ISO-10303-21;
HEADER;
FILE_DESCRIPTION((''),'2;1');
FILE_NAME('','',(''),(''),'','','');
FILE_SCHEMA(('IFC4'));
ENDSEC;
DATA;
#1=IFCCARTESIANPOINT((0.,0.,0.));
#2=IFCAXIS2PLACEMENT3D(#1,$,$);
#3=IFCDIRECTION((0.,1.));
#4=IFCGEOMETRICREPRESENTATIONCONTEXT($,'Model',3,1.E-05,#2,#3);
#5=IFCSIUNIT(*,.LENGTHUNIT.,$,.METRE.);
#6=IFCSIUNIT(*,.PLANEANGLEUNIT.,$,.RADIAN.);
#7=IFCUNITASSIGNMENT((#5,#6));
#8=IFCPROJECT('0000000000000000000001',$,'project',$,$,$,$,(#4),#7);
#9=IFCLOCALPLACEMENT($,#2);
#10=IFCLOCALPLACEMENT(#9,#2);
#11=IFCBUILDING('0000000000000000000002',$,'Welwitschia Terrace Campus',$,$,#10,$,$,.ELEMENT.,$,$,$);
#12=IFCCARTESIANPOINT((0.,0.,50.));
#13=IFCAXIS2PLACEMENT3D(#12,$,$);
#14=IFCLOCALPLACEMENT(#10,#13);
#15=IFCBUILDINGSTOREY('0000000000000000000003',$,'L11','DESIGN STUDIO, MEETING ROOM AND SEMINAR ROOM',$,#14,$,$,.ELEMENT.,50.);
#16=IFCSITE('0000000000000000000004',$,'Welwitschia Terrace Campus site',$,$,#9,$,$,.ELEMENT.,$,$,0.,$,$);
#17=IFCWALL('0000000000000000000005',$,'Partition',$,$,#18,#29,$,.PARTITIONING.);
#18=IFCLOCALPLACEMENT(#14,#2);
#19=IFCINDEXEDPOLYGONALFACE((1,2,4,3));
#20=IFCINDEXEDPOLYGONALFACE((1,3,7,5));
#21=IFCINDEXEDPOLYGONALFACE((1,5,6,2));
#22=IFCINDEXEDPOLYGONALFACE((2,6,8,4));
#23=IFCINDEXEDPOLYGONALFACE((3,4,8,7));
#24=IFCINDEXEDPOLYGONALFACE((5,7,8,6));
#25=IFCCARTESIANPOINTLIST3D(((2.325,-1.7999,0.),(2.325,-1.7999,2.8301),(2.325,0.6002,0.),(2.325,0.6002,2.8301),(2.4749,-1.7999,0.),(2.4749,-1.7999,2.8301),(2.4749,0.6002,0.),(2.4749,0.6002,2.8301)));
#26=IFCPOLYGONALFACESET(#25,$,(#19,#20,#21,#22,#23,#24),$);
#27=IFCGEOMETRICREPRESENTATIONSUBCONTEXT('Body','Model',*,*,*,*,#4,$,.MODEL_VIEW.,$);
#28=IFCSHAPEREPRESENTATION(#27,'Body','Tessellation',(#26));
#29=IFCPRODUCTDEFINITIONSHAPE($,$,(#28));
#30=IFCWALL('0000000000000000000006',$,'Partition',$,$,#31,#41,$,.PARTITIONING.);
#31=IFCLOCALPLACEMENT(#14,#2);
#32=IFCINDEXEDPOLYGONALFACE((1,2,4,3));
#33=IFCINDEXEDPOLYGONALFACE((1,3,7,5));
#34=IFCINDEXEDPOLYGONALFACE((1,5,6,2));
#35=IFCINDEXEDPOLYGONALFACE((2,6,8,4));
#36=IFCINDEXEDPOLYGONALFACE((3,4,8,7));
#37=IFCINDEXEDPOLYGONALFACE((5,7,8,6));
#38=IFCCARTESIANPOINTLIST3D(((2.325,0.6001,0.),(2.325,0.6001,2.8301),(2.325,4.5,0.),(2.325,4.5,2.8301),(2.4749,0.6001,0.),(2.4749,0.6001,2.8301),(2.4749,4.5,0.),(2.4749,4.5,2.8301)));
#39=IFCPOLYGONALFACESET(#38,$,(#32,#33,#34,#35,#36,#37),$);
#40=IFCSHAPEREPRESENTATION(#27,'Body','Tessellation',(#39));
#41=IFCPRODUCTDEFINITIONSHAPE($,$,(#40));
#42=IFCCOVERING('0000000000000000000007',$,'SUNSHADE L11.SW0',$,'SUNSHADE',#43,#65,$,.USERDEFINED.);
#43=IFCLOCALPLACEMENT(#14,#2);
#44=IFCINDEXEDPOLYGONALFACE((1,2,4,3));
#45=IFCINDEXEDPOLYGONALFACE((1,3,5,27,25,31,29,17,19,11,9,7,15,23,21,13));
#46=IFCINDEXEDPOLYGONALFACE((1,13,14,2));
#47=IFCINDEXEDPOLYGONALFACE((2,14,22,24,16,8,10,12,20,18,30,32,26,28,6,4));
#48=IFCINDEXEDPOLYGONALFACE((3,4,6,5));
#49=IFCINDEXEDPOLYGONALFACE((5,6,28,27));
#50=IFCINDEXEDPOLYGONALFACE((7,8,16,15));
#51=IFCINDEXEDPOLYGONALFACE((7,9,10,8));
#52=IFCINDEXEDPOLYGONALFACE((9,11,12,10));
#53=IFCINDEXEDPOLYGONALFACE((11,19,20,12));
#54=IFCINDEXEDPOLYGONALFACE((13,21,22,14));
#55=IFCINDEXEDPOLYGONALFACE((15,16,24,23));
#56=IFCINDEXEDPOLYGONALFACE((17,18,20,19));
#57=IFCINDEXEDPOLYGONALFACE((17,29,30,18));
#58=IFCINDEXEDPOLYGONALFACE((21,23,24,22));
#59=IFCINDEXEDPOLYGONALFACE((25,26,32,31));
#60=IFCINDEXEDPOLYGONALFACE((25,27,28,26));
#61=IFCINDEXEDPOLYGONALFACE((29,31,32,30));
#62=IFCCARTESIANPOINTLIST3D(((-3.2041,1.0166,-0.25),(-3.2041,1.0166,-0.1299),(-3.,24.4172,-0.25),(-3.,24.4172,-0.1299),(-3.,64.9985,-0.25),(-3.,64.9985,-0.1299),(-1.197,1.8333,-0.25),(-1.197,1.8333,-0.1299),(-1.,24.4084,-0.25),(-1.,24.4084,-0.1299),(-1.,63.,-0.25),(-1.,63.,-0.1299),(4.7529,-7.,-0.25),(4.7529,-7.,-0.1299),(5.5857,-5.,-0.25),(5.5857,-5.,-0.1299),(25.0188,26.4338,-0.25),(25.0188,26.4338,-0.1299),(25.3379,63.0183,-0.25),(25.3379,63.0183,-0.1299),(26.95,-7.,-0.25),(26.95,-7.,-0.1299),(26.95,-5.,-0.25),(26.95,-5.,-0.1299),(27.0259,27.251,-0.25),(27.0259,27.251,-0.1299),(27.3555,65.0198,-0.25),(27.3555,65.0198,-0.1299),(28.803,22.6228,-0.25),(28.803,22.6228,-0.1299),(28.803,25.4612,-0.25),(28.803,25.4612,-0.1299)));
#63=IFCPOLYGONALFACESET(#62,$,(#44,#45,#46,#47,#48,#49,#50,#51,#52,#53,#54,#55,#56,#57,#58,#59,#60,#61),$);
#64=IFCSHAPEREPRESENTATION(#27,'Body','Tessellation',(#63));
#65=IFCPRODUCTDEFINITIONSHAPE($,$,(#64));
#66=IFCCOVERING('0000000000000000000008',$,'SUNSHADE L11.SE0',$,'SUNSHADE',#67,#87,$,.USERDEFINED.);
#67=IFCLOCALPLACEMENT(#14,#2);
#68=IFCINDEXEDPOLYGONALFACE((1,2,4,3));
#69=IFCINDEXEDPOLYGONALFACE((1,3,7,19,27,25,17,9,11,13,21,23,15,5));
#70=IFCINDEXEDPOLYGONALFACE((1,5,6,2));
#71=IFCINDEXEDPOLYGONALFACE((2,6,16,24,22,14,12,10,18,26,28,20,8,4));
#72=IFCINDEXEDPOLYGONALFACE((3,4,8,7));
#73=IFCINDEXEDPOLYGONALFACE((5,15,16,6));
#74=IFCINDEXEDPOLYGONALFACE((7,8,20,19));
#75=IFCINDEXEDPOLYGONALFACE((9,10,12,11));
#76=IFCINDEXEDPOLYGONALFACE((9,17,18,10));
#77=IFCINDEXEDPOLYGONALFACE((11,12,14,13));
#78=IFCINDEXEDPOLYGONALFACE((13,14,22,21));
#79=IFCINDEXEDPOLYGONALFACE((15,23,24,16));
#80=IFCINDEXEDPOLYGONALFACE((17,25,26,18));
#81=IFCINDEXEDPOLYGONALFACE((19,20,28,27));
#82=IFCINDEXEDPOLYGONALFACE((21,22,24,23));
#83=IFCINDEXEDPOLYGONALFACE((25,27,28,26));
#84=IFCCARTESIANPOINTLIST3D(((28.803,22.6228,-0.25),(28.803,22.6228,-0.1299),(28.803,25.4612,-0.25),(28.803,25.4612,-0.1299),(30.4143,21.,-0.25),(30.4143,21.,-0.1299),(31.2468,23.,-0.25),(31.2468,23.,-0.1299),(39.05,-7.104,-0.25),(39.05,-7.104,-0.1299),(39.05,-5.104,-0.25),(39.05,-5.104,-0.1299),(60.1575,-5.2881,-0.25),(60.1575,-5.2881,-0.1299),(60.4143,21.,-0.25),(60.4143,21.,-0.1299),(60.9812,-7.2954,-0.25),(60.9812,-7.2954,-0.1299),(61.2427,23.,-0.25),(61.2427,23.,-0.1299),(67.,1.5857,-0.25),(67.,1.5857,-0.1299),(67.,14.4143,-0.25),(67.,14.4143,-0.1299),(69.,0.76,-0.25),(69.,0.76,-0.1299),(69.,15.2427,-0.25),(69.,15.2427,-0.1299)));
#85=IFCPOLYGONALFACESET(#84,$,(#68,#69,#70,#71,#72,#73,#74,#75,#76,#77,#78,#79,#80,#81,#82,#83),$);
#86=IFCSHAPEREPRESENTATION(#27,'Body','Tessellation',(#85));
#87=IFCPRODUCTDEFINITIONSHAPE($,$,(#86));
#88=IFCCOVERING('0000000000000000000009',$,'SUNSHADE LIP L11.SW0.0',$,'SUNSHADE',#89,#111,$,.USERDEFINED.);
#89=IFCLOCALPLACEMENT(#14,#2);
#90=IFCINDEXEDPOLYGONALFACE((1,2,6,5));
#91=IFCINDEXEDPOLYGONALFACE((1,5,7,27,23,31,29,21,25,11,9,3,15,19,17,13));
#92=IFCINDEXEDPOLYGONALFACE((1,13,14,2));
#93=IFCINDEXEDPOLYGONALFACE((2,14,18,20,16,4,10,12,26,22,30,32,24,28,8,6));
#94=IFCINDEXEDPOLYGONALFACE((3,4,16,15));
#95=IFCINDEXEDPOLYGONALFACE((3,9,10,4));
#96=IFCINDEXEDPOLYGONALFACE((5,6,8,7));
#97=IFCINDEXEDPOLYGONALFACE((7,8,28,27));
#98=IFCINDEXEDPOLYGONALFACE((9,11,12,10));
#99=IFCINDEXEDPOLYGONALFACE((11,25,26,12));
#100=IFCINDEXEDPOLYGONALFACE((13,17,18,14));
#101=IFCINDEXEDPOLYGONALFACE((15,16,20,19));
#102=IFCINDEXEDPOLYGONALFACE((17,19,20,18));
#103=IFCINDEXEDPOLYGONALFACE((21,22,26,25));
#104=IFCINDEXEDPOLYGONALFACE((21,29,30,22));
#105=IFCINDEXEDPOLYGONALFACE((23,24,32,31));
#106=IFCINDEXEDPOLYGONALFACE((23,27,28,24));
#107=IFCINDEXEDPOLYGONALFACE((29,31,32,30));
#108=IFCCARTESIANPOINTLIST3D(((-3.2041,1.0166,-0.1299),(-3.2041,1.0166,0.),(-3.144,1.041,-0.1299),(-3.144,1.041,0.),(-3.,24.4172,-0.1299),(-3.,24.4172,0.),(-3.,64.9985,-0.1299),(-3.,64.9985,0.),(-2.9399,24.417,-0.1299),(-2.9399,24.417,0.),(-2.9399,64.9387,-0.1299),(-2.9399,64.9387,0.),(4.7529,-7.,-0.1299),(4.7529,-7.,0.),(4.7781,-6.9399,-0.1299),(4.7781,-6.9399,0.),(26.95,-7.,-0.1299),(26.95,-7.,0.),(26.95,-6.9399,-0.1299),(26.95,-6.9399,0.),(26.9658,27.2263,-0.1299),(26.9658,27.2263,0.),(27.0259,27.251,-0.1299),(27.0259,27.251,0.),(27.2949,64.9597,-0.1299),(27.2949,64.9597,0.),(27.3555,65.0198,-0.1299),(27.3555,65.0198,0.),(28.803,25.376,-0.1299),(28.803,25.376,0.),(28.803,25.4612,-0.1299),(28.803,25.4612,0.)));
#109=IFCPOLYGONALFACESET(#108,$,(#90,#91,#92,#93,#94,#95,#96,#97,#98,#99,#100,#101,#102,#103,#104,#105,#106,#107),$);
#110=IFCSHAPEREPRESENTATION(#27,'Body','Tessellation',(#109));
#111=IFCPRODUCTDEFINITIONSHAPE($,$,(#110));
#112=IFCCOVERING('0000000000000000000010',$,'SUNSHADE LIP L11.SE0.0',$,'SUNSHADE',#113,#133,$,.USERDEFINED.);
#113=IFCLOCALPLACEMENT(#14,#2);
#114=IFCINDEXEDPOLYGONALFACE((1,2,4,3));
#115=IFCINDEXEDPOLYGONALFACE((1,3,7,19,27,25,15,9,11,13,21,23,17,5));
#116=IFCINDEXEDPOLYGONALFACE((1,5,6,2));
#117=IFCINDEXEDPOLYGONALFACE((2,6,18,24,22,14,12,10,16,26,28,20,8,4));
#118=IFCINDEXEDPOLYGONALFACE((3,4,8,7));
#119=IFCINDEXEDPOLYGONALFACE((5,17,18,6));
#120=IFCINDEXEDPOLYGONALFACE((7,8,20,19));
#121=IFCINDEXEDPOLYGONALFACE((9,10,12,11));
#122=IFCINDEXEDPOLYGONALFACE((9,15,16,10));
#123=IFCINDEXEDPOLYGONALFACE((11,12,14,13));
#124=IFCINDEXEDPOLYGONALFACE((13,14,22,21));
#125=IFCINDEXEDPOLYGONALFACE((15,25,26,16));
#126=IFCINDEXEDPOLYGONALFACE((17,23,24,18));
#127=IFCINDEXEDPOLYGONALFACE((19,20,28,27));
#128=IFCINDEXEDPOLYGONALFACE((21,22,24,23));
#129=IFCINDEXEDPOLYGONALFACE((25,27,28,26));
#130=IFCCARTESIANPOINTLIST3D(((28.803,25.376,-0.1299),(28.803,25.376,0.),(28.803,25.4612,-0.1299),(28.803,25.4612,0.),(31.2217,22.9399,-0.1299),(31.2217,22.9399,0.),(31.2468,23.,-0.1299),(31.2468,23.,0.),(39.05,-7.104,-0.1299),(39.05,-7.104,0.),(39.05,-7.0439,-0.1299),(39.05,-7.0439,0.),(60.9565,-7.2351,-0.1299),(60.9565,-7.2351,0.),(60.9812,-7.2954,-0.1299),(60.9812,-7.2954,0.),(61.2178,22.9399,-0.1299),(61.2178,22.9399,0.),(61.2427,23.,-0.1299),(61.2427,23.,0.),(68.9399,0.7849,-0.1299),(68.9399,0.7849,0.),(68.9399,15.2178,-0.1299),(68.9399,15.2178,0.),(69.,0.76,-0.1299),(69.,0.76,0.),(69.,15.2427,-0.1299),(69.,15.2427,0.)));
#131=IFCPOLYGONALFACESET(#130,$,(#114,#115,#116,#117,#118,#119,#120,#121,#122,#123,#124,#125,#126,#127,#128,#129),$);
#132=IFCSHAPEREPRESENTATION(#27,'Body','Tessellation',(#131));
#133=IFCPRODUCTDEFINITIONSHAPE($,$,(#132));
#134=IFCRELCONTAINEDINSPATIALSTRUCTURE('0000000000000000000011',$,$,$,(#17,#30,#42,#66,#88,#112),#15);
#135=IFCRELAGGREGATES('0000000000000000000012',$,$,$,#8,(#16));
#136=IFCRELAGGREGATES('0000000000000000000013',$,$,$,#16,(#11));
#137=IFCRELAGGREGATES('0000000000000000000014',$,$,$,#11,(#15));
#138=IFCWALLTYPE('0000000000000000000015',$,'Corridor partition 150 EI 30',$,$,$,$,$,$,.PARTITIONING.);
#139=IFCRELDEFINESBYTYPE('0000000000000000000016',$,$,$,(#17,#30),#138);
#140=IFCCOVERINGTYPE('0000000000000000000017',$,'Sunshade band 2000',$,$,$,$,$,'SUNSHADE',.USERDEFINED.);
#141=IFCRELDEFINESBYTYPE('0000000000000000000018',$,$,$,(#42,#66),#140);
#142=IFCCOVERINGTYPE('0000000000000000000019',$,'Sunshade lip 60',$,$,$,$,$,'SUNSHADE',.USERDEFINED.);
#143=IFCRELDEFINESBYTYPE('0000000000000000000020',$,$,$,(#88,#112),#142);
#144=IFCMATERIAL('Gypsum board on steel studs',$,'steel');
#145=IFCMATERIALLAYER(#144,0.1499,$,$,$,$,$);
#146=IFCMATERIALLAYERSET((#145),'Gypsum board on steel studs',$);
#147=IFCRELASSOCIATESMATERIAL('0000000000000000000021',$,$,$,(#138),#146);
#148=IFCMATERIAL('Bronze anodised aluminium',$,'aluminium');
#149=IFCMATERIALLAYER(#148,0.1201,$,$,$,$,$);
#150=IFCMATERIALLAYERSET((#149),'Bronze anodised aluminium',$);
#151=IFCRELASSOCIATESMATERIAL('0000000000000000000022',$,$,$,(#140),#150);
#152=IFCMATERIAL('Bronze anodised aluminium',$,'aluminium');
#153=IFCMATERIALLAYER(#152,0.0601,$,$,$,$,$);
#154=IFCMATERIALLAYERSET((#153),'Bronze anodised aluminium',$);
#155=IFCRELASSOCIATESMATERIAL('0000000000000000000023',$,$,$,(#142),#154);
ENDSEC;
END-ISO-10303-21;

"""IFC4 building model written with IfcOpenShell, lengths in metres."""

from ifc_helpers import new_model, si_unit, direction, frame, frame_2d, origin, place, context, subcontext, project, spatial, polyline, rectangle, outline, extrude, material, layer, layer_set, type_object, element, save


model = new_model("IFC4")

# Units and contexts
model_context = context("Model", 3, precision=1e-05, world=origin(), true_north=direction((0.0, 1.0)))
body_context = subcontext(model_context, "Body", "Model", "MODEL_VIEW")
ifc_project = project(units=[si_unit("LENGTHUNIT", "METRE"), si_unit("PLANEANGLEUNIT", "RADIAN")], contexts=[model_context])

# Site, building, storey
site_placement = place(None, origin())
site = spatial("IfcSite", under=ifc_project, at=site_placement, Name="Welwitschia Terrace Campus site", CompositionType="ELEMENT", RefElevation=0.0)
building_placement = place(site_placement, origin())
building = spatial("IfcBuilding", under=site, at=building_placement, Name="Welwitschia Terrace Campus", CompositionType="ELEMENT")
storey_placement = place(building_placement, frame((0.0, 0.0, 50.0)))
storey = spatial("IfcBuildingStorey", under=building, at=storey_placement, Name="L11", Description="DESIGN STUDIO, MEETING ROOM AND SEMINAR ROOM", CompositionType="ELEMENT", Elevation=50.0)

# Walls
ifc_material_1 = material(Name="Gypsum board on steel studs", Category="steel")
ifc_layer_1 = layer(ifc_material_1, 0.1499)
ifc_layer_set_1 = layer_set([ifc_layer_1], Name="Gypsum board on steel studs")
wall_type = type_object("IfcWallType", Name="Corridor partition 150 EI 30", PredefinedType="PARTITIONING", material=ifc_layer_set_1)
wall_1_placement = place(storey_placement, frame((2.3999, -1.8, 0.0), z_axis=(0.0, 0.0, 1.0), x_axis=(0.0, 1.0, 0.0)))
element("IfcWall", 1, at=wall_1_placement, inside=storey, type_object=wall_type, Name="Partition", PredefinedType="PARTITIONING", context=body_context, shape_type="SweptSolid", body=[
    extrude(rectangle(XDim=2.4001, YDim=0.1499, at=frame_2d((1.2002, 0.0))), origin(), (0.0, 0.0, 1.0), 2.8301),
])
wall_2_placement = place(storey_placement, frame((2.3999, 0.6001, 0.0), z_axis=(0.0, 0.0, 1.0), x_axis=(0.0, 1.0, 0.0)))
element("IfcWall", 2, at=wall_2_placement, inside=storey, type_object=wall_type, Name="Partition", PredefinedType="PARTITIONING", context=body_context, shape_type="SweptSolid", body=[
    extrude(rectangle(XDim=3.8999, YDim=0.1499, at=frame_2d((1.95, 0.0))), origin(), (0.0, 0.0, 1.0), 2.8301),
])

# Coverings
ifc_material_2 = material(Name="Bronze anodised aluminium", Category="aluminium")
ifc_layer_2 = layer(ifc_material_2, 0.1201)
ifc_layer_set_2 = layer_set([ifc_layer_2], Name="Bronze anodised aluminium")
covering_type_1 = type_object("IfcCoveringType", Name="Sunshade band 2000", ElementType="SUNSHADE", PredefinedType="USERDEFINED", material=ifc_layer_set_2)
covering_1_placement = place(storey_placement, frame((0.0, 0.0, -0.25)))
element("IfcCovering", 3, at=covering_1_placement, inside=storey, type_object=covering_type_1, Name="SUNSHADE L11.SW0", ObjectType="SUNSHADE", PredefinedType="USERDEFINED", context=body_context, shape_type="SweptSolid", body=[
    extrude(outline(polyline([(27.3555, 65.0198), (27.0259, 27.251), (28.803, 25.4612), (28.803, 22.6228), (25.0188, 26.4338), (25.3379, 63.0183), (-1.0, 63.0), (-1.0, 24.4084), (-1.197, 1.8333), (5.5857, -5.0), (26.95, -5.0), (26.95, -7.0), (4.7529, -7.0), (-3.2041, 1.0166), (-3.0, 24.4172), (-3.0, 64.9985), (27.3555, 65.0198)])), origin(), (0.0, 0.0, 1.0), 0.1201),
])
covering_2_placement = place(storey_placement, frame((0.0, 0.0, -0.25)))
element("IfcCovering", 4, at=covering_2_placement, inside=storey, type_object=covering_type_1, Name="SUNSHADE L11.SE0", ObjectType="SUNSHADE", PredefinedType="USERDEFINED", context=body_context, shape_type="SweptSolid", body=[
    extrude(outline(polyline([(31.2468, 23.0), (61.2427, 23.0), (69.0, 15.2427), (69.0, 0.76), (60.9812, -7.2954), (39.05, -7.104), (39.05, -5.104), (60.1575, -5.2881), (67.0, 1.5857), (67.0, 14.4143), (60.4143, 21.0), (30.4143, 21.0), (28.803, 22.6228), (28.803, 25.4612), (31.2468, 23.0)])), origin(), (0.0, 0.0, 1.0), 0.1201),
])
ifc_material_3 = material(Name="Bronze anodised aluminium", Category="aluminium")
ifc_layer_3 = layer(ifc_material_3, 0.0601)
ifc_layer_set_3 = layer_set([ifc_layer_3], Name="Bronze anodised aluminium")
covering_type_2 = type_object("IfcCoveringType", Name="Sunshade lip 60", ElementType="SUNSHADE", PredefinedType="USERDEFINED", material=ifc_layer_set_3)
covering_3_placement = place(storey_placement, frame((0.0, 0.0, -0.1299)))
element("IfcCovering", 5, at=covering_3_placement, inside=storey, type_object=covering_type_2, Name="SUNSHADE LIP L11.SW0.0", ObjectType="SUNSHADE", PredefinedType="USERDEFINED", context=body_context, shape_type="SweptSolid", body=[
    extrude(outline(polyline([(27.0259, 27.251), (28.803, 25.4612), (28.803, 25.376), (26.9658, 27.2263), (27.2949, 64.9597), (-2.9399, 64.9387), (-2.9399, 24.417), (-3.144, 1.041), (4.7781, -6.9399), (26.95, -6.9399), (26.95, -7.0), (4.7529, -7.0), (-3.2041, 1.0166), (-3.0, 24.4172), (-3.0, 64.9985), (27.3555, 65.0198), (27.0259, 27.251)])), origin(), (0.0, 0.0, 1.0), 0.1299),
])
covering_4_placement = place(storey_placement, frame((0.0, 0.0, -0.1299)))
element("IfcCovering", 6, at=covering_4_placement, inside=storey, type_object=covering_type_2, Name="SUNSHADE LIP L11.SE0.0", ObjectType="SUNSHADE", PredefinedType="USERDEFINED", context=body_context, shape_type="SweptSolid", body=[
    extrude(outline(polyline([(61.2427, 23.0), (69.0, 15.2427), (69.0, 0.76), (60.9812, -7.2954), (39.05, -7.104), (39.05, -7.0439), (60.9565, -7.2351), (68.9399, 0.7849), (68.9399, 15.2178), (61.2178, 22.9399), (31.2217, 22.9399), (28.803, 25.376), (28.803, 25.4612), (31.2468, 23.0), (61.2427, 23.0)])), origin(), (0.0, 0.0, 1.0), 0.1299),
])

save(model, "model.ifc")
